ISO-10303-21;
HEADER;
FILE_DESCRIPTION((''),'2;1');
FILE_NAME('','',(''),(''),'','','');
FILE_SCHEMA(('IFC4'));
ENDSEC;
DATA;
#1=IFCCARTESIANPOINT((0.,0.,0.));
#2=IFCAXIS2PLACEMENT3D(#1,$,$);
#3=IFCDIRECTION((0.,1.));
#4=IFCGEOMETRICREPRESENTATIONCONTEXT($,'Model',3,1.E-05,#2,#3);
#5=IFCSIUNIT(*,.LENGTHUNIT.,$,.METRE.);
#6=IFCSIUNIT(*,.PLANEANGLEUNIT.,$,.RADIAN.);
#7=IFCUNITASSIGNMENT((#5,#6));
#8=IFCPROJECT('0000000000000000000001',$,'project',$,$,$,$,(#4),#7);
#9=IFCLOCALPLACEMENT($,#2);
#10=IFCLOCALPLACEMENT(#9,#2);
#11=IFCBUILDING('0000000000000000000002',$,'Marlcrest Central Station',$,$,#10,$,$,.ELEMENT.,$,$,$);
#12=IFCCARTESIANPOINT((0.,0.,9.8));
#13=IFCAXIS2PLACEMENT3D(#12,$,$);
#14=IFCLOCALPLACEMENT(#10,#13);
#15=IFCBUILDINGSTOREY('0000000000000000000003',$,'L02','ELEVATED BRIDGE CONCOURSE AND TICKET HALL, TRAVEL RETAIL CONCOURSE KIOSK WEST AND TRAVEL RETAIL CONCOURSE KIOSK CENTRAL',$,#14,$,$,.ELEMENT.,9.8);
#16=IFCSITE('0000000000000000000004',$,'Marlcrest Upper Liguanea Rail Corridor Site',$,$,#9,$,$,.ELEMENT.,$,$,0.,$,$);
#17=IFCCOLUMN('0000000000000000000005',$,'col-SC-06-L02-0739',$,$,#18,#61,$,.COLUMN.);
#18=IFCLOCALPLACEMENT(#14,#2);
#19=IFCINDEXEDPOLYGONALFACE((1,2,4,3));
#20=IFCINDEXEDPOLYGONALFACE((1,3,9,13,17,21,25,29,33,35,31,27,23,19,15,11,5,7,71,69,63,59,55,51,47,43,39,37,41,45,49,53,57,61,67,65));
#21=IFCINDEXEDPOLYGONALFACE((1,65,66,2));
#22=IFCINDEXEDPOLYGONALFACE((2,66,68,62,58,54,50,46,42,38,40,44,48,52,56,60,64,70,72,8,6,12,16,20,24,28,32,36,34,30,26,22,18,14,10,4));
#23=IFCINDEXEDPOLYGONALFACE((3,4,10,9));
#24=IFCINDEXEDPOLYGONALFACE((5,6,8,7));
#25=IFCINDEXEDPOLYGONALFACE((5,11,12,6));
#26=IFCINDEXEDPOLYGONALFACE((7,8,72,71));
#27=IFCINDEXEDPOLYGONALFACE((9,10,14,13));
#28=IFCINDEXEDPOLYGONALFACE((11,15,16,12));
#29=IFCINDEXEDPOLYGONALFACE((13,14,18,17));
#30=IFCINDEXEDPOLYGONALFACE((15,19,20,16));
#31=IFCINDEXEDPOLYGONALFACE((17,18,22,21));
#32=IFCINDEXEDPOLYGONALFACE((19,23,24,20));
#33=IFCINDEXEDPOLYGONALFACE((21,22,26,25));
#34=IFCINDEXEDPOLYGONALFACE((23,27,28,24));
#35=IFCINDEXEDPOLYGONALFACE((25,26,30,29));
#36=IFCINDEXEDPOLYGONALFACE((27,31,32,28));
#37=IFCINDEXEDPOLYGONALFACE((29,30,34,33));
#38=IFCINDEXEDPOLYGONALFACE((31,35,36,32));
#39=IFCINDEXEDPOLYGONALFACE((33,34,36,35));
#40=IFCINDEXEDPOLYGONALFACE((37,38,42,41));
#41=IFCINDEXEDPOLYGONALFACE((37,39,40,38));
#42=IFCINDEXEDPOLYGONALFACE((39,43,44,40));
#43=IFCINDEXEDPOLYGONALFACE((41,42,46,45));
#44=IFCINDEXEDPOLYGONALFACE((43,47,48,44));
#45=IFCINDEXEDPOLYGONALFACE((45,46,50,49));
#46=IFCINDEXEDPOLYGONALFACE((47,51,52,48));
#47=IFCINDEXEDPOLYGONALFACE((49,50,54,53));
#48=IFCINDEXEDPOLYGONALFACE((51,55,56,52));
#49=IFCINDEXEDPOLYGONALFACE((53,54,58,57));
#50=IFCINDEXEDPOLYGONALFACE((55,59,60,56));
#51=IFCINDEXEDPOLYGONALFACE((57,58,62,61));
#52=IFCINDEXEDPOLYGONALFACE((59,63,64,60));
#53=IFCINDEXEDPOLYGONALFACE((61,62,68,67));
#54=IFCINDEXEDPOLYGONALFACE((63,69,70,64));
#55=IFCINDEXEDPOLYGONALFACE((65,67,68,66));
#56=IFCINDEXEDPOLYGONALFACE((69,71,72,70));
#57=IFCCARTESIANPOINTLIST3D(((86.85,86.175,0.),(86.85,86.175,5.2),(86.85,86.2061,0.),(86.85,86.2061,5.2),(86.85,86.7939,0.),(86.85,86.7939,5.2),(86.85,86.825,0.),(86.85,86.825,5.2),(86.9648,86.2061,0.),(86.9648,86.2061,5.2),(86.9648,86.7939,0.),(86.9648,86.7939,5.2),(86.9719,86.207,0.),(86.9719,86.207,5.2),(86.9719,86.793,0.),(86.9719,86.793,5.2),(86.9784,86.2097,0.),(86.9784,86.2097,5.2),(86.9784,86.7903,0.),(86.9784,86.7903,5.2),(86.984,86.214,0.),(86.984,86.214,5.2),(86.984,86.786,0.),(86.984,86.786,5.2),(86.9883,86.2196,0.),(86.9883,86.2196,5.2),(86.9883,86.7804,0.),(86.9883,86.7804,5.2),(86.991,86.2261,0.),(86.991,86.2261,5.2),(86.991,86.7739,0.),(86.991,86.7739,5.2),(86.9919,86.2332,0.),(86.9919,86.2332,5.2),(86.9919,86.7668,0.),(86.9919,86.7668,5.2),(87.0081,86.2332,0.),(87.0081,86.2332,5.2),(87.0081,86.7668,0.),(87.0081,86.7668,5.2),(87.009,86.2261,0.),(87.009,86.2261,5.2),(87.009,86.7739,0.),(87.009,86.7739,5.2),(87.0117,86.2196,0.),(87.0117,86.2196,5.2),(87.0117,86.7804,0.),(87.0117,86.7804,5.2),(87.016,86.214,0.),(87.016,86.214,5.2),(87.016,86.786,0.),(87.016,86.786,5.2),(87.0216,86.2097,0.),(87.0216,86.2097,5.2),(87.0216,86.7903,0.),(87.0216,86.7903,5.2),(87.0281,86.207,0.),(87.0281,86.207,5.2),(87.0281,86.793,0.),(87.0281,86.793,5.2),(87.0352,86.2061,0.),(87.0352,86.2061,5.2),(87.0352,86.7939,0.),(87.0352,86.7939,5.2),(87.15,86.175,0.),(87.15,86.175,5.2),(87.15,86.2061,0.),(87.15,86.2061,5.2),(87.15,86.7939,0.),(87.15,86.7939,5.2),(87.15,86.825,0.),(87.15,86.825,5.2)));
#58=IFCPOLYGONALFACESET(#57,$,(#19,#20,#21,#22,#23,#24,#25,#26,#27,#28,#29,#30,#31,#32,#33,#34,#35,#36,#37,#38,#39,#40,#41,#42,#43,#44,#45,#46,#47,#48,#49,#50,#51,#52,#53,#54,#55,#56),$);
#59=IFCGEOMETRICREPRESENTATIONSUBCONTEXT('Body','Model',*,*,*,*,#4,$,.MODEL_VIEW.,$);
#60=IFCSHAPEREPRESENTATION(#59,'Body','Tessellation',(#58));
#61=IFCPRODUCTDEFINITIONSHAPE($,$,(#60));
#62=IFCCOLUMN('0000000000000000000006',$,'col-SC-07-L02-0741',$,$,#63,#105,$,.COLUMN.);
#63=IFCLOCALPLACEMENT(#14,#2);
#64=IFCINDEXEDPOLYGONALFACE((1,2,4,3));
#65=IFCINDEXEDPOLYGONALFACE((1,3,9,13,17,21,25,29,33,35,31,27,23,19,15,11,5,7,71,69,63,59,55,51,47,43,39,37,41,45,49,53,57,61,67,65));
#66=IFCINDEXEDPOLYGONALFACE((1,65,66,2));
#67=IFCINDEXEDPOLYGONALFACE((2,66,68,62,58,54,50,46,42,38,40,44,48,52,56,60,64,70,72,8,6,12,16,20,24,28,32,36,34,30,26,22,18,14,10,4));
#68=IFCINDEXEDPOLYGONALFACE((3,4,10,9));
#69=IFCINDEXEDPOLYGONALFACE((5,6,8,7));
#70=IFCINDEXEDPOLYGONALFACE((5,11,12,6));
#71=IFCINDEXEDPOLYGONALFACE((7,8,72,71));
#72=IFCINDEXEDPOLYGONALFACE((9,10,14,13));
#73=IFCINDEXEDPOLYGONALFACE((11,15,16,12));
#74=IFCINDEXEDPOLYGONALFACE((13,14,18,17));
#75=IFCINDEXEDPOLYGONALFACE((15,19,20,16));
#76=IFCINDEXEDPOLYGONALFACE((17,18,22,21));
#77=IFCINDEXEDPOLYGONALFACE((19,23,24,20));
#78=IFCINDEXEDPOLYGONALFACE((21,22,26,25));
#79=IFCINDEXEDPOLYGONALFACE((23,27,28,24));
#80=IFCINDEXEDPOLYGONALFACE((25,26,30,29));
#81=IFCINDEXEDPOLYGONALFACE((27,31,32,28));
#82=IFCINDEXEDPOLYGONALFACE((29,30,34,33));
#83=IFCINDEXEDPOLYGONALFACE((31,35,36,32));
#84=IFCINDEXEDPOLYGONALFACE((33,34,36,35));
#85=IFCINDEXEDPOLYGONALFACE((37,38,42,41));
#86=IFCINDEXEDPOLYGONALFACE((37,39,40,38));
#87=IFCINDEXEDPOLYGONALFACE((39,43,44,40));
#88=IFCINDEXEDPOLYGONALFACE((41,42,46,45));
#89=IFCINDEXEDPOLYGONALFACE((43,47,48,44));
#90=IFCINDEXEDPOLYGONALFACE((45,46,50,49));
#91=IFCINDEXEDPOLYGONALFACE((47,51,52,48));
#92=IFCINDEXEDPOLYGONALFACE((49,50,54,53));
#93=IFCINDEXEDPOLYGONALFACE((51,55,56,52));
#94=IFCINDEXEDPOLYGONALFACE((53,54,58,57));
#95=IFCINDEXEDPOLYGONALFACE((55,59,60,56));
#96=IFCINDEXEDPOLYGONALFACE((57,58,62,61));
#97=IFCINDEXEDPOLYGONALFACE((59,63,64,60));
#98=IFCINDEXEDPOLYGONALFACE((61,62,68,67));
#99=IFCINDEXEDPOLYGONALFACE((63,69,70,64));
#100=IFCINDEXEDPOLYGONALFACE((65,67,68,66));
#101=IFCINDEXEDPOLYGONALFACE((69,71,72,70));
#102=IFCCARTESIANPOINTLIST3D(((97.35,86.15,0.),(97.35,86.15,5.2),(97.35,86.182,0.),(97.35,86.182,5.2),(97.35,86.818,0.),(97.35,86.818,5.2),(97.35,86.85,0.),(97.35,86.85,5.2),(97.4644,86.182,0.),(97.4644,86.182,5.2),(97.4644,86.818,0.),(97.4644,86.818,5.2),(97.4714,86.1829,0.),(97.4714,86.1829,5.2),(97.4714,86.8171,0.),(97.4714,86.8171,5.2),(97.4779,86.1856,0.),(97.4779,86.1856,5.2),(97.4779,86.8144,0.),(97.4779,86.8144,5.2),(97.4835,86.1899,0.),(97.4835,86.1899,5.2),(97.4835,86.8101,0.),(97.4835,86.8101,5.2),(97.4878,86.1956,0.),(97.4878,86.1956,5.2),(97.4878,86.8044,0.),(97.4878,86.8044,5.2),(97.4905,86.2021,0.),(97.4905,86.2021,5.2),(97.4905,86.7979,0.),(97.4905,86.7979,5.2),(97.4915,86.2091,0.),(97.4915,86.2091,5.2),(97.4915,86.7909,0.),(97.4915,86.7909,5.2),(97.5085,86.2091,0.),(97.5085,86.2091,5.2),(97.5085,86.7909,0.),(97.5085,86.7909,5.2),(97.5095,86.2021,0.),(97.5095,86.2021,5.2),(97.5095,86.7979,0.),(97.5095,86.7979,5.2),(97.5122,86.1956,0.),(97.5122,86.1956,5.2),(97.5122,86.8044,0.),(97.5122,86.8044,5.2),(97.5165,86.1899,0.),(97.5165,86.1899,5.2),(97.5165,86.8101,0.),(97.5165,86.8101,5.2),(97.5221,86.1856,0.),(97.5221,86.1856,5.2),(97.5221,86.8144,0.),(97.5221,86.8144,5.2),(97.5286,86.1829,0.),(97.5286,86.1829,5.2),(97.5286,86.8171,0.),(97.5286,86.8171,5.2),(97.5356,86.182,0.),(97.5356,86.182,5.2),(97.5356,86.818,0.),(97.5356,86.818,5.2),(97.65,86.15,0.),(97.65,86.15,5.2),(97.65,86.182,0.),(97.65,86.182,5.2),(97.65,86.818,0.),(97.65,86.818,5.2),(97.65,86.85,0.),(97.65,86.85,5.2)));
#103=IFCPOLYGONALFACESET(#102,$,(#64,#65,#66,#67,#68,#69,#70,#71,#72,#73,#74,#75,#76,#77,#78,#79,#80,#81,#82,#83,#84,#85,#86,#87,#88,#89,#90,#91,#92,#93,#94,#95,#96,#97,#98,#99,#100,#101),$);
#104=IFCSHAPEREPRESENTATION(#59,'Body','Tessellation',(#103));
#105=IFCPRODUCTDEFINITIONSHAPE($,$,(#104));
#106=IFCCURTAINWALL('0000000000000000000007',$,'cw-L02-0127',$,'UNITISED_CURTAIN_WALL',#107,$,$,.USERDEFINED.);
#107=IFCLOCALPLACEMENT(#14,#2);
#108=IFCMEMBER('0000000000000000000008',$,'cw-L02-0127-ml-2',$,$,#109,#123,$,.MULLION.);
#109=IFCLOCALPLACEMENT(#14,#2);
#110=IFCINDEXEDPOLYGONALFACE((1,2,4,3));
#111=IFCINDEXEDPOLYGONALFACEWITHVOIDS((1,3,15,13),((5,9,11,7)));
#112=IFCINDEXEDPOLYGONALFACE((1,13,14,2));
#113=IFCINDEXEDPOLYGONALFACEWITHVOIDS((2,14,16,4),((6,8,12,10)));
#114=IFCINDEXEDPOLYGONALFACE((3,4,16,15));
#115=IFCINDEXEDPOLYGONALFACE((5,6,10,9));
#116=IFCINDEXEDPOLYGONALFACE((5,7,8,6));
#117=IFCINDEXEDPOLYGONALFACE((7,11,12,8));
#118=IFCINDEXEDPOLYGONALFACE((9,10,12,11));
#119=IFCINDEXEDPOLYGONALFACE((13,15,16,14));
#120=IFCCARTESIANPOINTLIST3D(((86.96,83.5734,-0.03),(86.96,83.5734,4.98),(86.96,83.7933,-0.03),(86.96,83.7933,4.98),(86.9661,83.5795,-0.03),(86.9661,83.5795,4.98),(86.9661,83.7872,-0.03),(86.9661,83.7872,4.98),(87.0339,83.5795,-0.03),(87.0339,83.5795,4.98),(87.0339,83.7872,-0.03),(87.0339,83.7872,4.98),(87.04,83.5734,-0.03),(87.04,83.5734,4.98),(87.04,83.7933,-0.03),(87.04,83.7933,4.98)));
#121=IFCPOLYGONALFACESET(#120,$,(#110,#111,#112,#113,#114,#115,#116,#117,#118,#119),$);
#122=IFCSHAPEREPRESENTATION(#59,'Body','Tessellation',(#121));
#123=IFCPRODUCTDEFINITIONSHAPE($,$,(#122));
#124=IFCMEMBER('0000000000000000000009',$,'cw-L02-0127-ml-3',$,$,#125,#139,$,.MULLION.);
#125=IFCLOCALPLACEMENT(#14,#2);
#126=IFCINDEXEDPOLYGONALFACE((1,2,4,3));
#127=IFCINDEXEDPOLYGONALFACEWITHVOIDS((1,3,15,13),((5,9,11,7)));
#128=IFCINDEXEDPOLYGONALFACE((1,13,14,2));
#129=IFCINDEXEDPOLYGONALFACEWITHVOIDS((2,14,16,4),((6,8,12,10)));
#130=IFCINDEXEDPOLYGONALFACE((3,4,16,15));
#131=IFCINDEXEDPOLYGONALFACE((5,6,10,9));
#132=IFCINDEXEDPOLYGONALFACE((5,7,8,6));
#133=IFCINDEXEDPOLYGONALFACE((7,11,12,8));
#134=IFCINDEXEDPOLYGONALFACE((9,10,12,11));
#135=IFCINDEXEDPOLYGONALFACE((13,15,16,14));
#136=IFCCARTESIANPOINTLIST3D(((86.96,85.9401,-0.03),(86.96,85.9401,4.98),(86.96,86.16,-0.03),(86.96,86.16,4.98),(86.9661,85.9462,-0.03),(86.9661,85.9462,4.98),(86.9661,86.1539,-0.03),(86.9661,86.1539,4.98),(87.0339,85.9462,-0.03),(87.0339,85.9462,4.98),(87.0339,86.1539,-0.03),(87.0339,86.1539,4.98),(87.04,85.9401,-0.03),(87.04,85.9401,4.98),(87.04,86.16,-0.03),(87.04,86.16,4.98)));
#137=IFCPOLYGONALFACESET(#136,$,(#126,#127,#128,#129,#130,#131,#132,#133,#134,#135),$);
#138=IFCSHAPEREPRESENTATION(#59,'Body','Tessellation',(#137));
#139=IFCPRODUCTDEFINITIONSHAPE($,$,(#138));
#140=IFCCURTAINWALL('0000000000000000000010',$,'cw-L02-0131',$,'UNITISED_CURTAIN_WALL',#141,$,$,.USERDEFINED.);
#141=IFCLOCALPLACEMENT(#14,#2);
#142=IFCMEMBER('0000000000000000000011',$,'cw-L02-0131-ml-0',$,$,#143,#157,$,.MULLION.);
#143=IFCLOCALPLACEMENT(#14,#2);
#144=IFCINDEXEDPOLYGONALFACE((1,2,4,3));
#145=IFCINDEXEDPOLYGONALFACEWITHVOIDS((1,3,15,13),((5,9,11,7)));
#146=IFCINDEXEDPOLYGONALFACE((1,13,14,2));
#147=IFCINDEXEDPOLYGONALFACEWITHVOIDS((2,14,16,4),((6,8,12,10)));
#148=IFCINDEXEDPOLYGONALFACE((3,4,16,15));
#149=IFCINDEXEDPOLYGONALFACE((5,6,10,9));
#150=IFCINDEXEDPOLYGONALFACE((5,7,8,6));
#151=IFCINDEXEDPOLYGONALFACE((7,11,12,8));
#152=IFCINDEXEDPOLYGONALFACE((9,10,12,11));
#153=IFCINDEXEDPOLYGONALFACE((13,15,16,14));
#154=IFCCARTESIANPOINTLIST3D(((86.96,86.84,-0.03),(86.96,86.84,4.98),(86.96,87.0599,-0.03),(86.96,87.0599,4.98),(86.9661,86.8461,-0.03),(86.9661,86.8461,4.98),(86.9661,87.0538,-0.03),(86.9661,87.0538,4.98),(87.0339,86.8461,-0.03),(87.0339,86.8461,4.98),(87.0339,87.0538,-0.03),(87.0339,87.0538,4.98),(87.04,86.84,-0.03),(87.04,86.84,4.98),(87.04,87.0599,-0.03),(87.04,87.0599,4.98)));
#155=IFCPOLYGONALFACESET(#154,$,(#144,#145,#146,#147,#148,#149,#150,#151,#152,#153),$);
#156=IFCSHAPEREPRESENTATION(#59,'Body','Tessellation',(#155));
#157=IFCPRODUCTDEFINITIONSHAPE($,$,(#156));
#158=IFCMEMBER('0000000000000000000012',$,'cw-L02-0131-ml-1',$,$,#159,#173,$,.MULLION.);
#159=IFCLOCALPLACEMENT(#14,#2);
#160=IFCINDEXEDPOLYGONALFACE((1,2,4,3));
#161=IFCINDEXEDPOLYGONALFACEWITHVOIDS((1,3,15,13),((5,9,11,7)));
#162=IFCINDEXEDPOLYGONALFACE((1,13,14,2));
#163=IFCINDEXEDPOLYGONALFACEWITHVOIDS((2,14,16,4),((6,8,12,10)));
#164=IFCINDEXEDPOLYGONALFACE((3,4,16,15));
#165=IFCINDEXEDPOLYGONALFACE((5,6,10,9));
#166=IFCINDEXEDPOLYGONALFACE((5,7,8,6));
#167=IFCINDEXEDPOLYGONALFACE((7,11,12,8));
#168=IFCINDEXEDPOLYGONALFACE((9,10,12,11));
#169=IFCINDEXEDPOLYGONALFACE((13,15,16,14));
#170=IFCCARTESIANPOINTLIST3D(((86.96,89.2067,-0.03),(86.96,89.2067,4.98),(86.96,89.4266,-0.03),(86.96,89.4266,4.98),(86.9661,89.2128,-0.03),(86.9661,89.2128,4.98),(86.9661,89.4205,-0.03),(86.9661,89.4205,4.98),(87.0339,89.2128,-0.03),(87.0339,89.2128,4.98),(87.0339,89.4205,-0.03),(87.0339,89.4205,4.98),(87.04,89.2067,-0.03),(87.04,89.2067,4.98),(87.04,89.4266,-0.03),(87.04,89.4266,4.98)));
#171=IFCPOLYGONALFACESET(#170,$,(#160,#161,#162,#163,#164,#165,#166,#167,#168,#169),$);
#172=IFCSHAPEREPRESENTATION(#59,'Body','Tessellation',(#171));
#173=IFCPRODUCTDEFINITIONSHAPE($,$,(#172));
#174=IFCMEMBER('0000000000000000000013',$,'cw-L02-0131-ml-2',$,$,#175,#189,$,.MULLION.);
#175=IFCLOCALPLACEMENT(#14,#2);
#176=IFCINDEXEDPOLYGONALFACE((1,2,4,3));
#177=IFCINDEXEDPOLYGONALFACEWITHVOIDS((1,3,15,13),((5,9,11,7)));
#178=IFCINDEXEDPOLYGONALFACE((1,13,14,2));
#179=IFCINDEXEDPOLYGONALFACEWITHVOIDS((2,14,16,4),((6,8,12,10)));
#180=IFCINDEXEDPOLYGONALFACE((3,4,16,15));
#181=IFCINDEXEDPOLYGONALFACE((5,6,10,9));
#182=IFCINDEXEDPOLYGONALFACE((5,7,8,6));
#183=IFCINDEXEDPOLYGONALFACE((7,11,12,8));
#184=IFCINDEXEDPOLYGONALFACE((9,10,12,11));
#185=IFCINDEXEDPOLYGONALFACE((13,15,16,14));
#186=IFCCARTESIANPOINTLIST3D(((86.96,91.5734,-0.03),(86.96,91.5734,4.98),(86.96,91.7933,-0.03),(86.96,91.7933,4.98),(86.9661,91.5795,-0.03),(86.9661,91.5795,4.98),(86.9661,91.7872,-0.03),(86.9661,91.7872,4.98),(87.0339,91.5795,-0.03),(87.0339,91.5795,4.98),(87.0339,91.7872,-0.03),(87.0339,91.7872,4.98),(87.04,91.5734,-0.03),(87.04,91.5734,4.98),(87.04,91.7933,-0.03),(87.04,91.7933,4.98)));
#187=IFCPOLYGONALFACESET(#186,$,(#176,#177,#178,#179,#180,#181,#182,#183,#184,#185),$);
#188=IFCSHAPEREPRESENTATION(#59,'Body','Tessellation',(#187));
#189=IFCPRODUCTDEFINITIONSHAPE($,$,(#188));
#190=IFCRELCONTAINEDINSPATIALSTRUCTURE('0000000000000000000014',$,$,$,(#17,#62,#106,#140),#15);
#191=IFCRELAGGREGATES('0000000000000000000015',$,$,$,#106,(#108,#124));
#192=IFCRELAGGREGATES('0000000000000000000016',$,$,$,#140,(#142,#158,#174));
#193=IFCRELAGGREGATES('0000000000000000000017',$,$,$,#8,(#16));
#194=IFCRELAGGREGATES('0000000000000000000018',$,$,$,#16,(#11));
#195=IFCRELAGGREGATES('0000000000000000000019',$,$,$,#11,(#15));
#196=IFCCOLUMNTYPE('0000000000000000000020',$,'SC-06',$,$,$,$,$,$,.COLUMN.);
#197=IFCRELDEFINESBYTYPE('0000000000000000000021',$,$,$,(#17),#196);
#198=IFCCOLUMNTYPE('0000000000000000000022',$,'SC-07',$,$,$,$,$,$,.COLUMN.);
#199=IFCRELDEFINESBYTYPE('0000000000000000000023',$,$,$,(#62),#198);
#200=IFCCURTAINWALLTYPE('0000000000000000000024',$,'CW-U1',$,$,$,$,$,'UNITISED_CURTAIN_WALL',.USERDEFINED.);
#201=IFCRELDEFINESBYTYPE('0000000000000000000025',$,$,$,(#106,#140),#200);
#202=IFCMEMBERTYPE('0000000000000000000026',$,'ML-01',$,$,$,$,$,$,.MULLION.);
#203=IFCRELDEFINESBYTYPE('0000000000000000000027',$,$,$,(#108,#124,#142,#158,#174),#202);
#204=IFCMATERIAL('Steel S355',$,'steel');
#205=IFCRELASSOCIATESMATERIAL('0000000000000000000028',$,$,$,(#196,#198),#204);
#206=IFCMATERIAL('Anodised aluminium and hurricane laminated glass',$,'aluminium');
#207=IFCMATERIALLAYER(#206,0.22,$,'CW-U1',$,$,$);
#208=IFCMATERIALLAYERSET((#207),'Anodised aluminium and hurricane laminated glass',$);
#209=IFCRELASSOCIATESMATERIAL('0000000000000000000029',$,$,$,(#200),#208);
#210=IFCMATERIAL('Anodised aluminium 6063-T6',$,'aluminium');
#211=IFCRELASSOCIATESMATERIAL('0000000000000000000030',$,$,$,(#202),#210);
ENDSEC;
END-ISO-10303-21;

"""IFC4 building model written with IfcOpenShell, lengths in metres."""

from ifc_helpers import new_model, si_unit, direction, frame, origin, origin_2d, place, context, subcontext, project, spatial, hollow_rectangle, i_section, extrude, material, layer, layer_set, material_profile, profile_set, type_object, element, aggregate, save


model = new_model("IFC4")

# Units and contexts
model_context = context("Model", 3, precision=1e-05, world=origin(), true_north=direction((0.0, 1.0)))
body_context = subcontext(model_context, "Body", "Model", "MODEL_VIEW")
ifc_project = project(units=[si_unit("LENGTHUNIT", "METRE"), si_unit("PLANEANGLEUNIT", "RADIAN")], contexts=[model_context])

# Site, building, storey
site_placement = place(None, origin())
site = spatial("IfcSite", under=ifc_project, at=site_placement, Name="Marlcrest Upper Liguanea Rail Corridor Site", CompositionType="ELEMENT", RefElevation=0.0)
building_placement = place(site_placement, origin())
building = spatial("IfcBuilding", under=site, at=building_placement, Name="Marlcrest Central Station", CompositionType="ELEMENT")
storey_placement = place(building_placement, frame((0.0, 0.0, 9.8)))
storey = spatial("IfcBuildingStorey", under=building, at=storey_placement, Name="L02", Description="ELEVATED BRIDGE CONCOURSE AND TICKET HALL, TRAVEL RETAIL CONCOURSE KIOSK WEST AND TRAVEL RETAIL CONCOURSE KIOSK CENTRAL", CompositionType="ELEMENT", Elevation=9.8)

# Columns
ifc_material_1 = material(Name="Steel S355", Category="steel")
ifc_material_profile_1 = material_profile(ifc_material_1, i_section(OverallWidth=0.3, OverallDepth=0.6499, WebThickness=0.0161, FlangeThickness=0.031, FilletRadius=0.0271, at=origin_2d()), Name="HEB 650")
ifc_profile_set_1 = profile_set([ifc_material_profile_1], Name="Steel S355")
column_type_1 = type_object("IfcColumnType", Name="SC-06", PredefinedType="COLUMN", material=ifc_profile_set_1)
column_1_placement = place(storey_placement, frame((87.0, 86.5, 0.0), z_axis=(0.0, 0.0, 1.0), x_axis=(1.0, 0.0, 0.0)))
element("IfcColumn", 1, at=column_1_placement, inside=storey, type_object=column_type_1, Name="col-SC-06-L02-0739", PredefinedType="COLUMN", context=body_context, shape_type="SweptSolid", body=[
    extrude(i_section(OverallWidth=0.3, OverallDepth=0.6499, WebThickness=0.0161, FlangeThickness=0.031, FilletRadius=0.0271, at=origin_2d()), origin(), (0.0, 0.0, 1.0), 5.2),
])
ifc_material_profile_2 = material_profile(ifc_material_1, i_section(OverallWidth=0.3, OverallDepth=0.7, WebThickness=0.0171, FlangeThickness=0.032, FilletRadius=0.0271, at=origin_2d()), Name="HEB 700")
ifc_profile_set_2 = profile_set([ifc_material_profile_2], Name="Steel S355")
column_type_2 = type_object("IfcColumnType", Name="SC-07", PredefinedType="COLUMN", material=ifc_profile_set_2)
column_2_placement = place(storey_placement, frame((97.5, 86.5, 0.0), z_axis=(0.0, 0.0, 1.0), x_axis=(1.0, 0.0, 0.0)))
element("IfcColumn", 2, at=column_2_placement, inside=storey, type_object=column_type_2, Name="col-SC-07-L02-0741", PredefinedType="COLUMN", context=body_context, shape_type="SweptSolid", body=[
    extrude(i_section(OverallWidth=0.3, OverallDepth=0.7, WebThickness=0.0171, FlangeThickness=0.032, FilletRadius=0.0271, at=origin_2d()), origin(), (0.0, 0.0, 1.0), 5.2),
])

# Curtain walls, members
ifc_material_2 = material(Name="Anodised aluminium and hurricane laminated glass", Category="aluminium")
ifc_layer_1 = layer(ifc_material_2, 0.22, Name="CW-U1")
ifc_layer_set_1 = layer_set([ifc_layer_1], Name="Anodised aluminium and hurricane laminated glass")
curtain_wall_type = type_object("IfcCurtainWallType", Name="CW-U1", ElementType="UNITISED_CURTAIN_WALL", PredefinedType="USERDEFINED", material=ifc_layer_set_1)
curtain_wall_1_placement = place(storey_placement, origin())
curtain_wall_1 = element("IfcCurtainWall", 3, at=curtain_wall_1_placement, inside=storey, type_object=curtain_wall_type, Name="cw-L02-0127", ObjectType="UNITISED_CURTAIN_WALL", PredefinedType="USERDEFINED")
ifc_material_3 = material(Name="Anodised aluminium 6063-T6", Category="aluminium")
ifc_material_profile_3 = material_profile(ifc_material_3, hollow_rectangle(XDim=0.0801, YDim=0.22, WallThickness=0.0061, at=origin_2d()), Name="AA-RHS 220x80x6")
ifc_profile_set_3 = profile_set([ifc_material_profile_3], Name="Anodised aluminium 6063-T6")
member_type_1 = type_object("IfcMemberType", Name="ML-01", PredefinedType="MULLION", material=ifc_profile_set_3)
member_1_placement = place(storey_placement, frame((87.0, 83.6833, -0.03), z_axis=(0.0, 0.0, 1.0), x_axis=(1.0, 0.0, 0.0)))
member_1 = element("IfcMember", 4, at=member_1_placement, type_object=member_type_1, Name="cw-L02-0127-ml-2", PredefinedType="MULLION", context=body_context, shape_type="SweptSolid", body=[
    extrude(hollow_rectangle(XDim=0.0801, YDim=0.22, WallThickness=0.0061, at=origin_2d()), origin(), (0.0, 0.0, 1.0), 5.01),
])
member_2_placement = place(storey_placement, frame((87.0, 86.05, -0.03), z_axis=(0.0, 0.0, 1.0), x_axis=(1.0, 0.0, 0.0)))
member_2 = element("IfcMember", 5, at=member_2_placement, type_object=member_type_1, Name="cw-L02-0127-ml-3", PredefinedType="MULLION", context=body_context, shape_type="SweptSolid", body=[
    extrude(hollow_rectangle(XDim=0.0801, YDim=0.22, WallThickness=0.0061, at=origin_2d()), origin(), (0.0, 0.0, 1.0), 5.01),
])
curtain_wall_2_placement = place(storey_placement, origin())
curtain_wall_2 = element("IfcCurtainWall", 6, at=curtain_wall_2_placement, inside=storey, type_object=curtain_wall_type, Name="cw-L02-0131", ObjectType="UNITISED_CURTAIN_WALL", PredefinedType="USERDEFINED")
member_3_placement = place(storey_placement, frame((87.0, 86.95, -0.03), z_axis=(0.0, 0.0, 1.0), x_axis=(1.0, 0.0, 0.0)))
member_3 = element("IfcMember", 7, at=member_3_placement, type_object=member_type_1, Name="cw-L02-0131-ml-0", PredefinedType="MULLION", context=body_context, shape_type="SweptSolid", body=[
    extrude(hollow_rectangle(XDim=0.0801, YDim=0.22, WallThickness=0.0061, at=origin_2d()), origin(), (0.0, 0.0, 1.0), 5.01),
])
member_4_placement = place(storey_placement, frame((87.0, 89.3167, -0.03), z_axis=(0.0, 0.0, 1.0), x_axis=(1.0, 0.0, 0.0)))
member_4 = element("IfcMember", 8, at=member_4_placement, type_object=member_type_1, Name="cw-L02-0131-ml-1", PredefinedType="MULLION", context=body_context, shape_type="SweptSolid", body=[
    extrude(hollow_rectangle(XDim=0.0801, YDim=0.22, WallThickness=0.0061, at=origin_2d()), origin(), (0.0, 0.0, 1.0), 5.01),
])
member_5_placement = place(storey_placement, frame((87.0, 91.6833, -0.03), z_axis=(0.0, 0.0, 1.0), x_axis=(1.0, 0.0, 0.0)))
member_5 = element("IfcMember", 9, at=member_5_placement, type_object=member_type_1, Name="cw-L02-0131-ml-2", PredefinedType="MULLION", context=body_context, shape_type="SweptSolid", body=[
    extrude(hollow_rectangle(XDim=0.0801, YDim=0.22, WallThickness=0.0061, at=origin_2d()), origin(), (0.0, 0.0, 1.0), 5.01),
])

aggregate(curtain_wall_1, [member_1, member_2])
aggregate(curtain_wall_2, [member_3, member_4, member_5])

save(model, "model.ifc")
